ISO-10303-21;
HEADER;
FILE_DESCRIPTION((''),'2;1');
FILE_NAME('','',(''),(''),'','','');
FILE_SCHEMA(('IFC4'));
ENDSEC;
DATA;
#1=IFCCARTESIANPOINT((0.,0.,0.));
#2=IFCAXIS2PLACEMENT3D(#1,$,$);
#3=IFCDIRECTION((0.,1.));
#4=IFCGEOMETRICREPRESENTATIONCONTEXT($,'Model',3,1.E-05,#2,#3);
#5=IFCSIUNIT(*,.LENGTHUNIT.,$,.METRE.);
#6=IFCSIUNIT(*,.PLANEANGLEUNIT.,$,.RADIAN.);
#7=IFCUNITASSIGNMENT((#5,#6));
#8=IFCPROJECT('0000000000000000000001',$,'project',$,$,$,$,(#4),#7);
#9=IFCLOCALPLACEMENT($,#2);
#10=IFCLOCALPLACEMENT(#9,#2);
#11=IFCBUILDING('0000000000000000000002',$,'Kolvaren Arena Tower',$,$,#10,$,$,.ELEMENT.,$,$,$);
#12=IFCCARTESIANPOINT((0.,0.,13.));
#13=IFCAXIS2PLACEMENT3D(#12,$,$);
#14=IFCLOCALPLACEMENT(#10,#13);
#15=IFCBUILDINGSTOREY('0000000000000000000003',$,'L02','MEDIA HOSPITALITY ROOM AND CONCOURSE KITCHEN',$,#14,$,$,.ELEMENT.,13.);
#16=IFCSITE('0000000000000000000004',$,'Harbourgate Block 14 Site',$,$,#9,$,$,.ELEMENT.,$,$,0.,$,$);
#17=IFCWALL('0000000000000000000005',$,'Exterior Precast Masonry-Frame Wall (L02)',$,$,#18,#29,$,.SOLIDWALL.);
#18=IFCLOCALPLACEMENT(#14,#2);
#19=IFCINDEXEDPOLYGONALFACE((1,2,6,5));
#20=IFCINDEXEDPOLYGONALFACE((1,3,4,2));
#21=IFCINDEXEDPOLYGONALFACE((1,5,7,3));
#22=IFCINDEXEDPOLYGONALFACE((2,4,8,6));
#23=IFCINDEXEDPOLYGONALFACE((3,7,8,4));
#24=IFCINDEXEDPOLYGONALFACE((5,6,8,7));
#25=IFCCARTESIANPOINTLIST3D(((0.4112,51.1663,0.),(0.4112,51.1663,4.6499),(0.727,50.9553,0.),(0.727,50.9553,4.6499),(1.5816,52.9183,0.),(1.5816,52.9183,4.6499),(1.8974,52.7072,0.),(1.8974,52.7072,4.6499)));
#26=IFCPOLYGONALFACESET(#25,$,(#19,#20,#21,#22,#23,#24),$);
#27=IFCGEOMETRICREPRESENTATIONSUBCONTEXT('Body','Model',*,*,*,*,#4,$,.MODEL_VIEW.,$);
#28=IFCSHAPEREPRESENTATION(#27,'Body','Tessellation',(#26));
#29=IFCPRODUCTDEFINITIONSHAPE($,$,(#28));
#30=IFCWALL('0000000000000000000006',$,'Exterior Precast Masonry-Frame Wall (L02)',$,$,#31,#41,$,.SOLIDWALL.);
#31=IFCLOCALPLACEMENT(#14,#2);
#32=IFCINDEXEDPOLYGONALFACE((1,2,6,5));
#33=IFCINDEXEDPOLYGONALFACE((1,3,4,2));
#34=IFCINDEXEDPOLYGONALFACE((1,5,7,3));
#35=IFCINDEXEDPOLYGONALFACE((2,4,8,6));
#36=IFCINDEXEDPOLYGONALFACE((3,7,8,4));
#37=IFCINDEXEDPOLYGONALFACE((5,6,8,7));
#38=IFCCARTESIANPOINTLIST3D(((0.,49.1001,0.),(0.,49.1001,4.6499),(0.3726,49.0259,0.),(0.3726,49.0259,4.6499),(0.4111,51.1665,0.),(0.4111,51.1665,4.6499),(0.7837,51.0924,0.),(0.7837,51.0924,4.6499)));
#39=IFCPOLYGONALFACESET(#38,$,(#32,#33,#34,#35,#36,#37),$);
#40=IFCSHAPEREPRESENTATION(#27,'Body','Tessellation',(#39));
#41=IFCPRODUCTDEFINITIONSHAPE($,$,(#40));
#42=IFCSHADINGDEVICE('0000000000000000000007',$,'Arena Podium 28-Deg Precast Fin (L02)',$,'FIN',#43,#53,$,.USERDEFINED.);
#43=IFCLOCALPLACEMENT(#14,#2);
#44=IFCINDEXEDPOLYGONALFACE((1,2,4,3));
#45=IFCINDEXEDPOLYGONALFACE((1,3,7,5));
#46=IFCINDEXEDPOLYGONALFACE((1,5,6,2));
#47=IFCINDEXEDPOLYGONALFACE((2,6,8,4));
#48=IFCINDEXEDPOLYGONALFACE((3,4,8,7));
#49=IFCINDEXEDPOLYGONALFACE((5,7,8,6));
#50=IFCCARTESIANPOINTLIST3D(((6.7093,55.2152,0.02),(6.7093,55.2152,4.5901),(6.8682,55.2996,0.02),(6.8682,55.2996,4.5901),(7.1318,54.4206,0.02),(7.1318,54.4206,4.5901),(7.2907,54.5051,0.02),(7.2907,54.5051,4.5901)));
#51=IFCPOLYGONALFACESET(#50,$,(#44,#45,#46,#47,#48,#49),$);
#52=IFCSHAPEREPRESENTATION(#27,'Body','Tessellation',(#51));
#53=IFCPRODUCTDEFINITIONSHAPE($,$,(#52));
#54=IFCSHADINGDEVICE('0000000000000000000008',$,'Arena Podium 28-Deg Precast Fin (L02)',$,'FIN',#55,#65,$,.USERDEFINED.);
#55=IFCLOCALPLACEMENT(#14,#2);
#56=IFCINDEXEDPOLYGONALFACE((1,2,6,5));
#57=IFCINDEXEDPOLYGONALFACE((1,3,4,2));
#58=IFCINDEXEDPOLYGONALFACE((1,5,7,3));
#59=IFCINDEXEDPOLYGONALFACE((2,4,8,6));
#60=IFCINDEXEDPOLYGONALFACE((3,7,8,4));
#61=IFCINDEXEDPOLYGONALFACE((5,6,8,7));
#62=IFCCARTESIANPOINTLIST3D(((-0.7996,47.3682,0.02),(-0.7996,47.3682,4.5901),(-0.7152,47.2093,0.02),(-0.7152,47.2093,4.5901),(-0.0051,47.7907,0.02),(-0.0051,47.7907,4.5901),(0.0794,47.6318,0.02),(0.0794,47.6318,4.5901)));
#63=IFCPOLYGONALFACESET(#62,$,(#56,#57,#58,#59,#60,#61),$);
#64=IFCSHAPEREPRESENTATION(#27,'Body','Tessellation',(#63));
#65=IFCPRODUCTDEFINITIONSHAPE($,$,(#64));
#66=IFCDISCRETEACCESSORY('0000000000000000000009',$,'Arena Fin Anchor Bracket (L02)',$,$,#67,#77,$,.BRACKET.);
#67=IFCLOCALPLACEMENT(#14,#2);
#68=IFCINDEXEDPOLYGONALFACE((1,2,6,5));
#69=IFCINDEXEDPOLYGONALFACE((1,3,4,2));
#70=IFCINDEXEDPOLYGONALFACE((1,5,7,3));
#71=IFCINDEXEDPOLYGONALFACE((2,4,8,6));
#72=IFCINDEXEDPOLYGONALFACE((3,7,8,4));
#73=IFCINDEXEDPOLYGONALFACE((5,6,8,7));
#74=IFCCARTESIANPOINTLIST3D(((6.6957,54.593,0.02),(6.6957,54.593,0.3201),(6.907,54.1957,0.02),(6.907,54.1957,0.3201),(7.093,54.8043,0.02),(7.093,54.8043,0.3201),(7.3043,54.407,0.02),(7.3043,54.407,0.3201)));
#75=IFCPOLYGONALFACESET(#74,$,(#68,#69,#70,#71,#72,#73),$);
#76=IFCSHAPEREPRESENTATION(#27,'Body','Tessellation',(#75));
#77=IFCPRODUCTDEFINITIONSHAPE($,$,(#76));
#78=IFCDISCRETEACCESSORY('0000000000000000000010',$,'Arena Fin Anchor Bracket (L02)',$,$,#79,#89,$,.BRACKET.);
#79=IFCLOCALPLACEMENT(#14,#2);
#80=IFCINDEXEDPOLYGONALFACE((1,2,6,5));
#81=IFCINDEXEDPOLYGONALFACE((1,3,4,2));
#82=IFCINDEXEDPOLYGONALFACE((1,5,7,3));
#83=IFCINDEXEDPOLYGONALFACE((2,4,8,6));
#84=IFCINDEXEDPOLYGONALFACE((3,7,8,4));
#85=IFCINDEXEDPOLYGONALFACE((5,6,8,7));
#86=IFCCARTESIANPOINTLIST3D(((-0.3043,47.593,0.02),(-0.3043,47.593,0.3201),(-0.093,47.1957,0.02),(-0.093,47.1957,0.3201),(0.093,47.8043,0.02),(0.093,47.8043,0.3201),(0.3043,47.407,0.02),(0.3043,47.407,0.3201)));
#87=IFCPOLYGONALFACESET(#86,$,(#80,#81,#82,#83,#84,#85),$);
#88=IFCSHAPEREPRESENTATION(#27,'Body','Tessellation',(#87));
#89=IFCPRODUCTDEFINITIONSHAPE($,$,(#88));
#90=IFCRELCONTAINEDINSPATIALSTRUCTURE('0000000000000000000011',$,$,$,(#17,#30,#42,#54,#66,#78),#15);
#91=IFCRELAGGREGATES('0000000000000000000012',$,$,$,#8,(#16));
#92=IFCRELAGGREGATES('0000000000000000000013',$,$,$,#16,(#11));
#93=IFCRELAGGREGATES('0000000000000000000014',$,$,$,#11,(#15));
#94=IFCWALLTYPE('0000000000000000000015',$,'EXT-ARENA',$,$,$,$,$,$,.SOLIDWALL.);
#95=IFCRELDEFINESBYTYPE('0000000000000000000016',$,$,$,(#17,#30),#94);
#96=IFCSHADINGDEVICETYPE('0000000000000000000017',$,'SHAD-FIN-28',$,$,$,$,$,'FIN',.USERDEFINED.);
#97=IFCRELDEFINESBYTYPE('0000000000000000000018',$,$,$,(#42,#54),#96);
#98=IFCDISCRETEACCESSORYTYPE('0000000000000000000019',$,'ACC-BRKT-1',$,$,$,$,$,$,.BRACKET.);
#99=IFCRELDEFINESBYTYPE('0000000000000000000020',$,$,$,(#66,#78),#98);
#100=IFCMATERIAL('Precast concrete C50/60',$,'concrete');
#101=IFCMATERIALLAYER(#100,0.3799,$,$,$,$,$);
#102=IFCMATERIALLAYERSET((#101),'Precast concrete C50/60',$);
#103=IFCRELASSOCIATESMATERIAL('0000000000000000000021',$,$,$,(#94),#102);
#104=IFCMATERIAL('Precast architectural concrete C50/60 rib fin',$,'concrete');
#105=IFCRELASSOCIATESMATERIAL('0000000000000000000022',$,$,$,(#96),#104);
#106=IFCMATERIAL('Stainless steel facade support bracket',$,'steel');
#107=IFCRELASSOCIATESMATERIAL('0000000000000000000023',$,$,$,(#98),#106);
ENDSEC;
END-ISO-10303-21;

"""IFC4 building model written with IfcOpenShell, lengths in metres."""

from ifc_helpers import new_model, si_unit, direction, frame, frame_2d, origin, origin_2d, place, context, subcontext, project, spatial, rectangle, extrude, material, layer, layer_set, type_object, element, save


model = new_model("IFC4")

# Units and contexts
model_context = context("Model", 3, precision=1e-05, world=origin(), true_north=direction((0.0, 1.0)))
body_context = subcontext(model_context, "Body", "Model", "MODEL_VIEW")
ifc_project = project(units=[si_unit("LENGTHUNIT", "METRE"), si_unit("PLANEANGLEUNIT", "RADIAN")], contexts=[model_context])

# Site, building, storey
site_placement = place(None, origin())
site = spatial("IfcSite", under=ifc_project, at=site_placement, Name="Harbourgate Block 14 Site", CompositionType="ELEMENT", RefElevation=0.0)
building_placement = place(site_placement, origin())
building = spatial("IfcBuilding", under=site, at=building_placement, Name="Kolvaren Arena Tower", CompositionType="ELEMENT")
storey_placement = place(building_placement, frame((0.0, 0.0, 13.0)))
storey = spatial("IfcBuildingStorey", under=building, at=storey_placement, Name="L02", Description="MEDIA HOSPITALITY ROOM AND CONCOURSE KITCHEN", CompositionType="ELEMENT", Elevation=13.0)

# Shared definitions
ifc_material_1 = material(Name="Precast concrete C50/60", Category="concrete")
ifc_layer = layer(ifc_material_1, 0.3799)
ifc_layer_set = layer_set([ifc_layer], Name="Precast concrete C50/60")
wall_type = type_object("IfcWallType", Name="EXT-ARENA", PredefinedType="SOLIDWALL", material=ifc_layer_set)

# Walls
for number, where, z_axis, x_axis, name in (
    (1, (0.5691, 51.0608, 0.0), (0.0, 0.0, 1.0), (0.555502, 0.831515, 0.0), "Exterior Precast Masonry-Frame Wall (L02)"),
    (2, (0.1863, 49.063, 0.0), (0.0, 0.0, 1.0), (0.195136, 0.980776, 0.0), "Exterior Precast Masonry-Frame Wall (L02)"),
):
    element("IfcWall", number, at=place(storey_placement, frame(where, z_axis=z_axis, x_axis=x_axis)), inside=storey, type_object=wall_type, Name=name, PredefinedType="SOLIDWALL", context=body_context, shape_type="SweptSolid", body=[
        extrude(rectangle(XDim=2.1069, YDim=0.3799, at=frame_2d((1.0535, 0.0))), origin(), (0.0, 0.0, 1.0), 4.6499),
    ])

# Shading devices
ifc_material_2 = material(Name="Precast architectural concrete C50/60 rib fin", Category="concrete")
shading_device_type = type_object("IfcShadingDeviceType", Name="SHAD-FIN-28", ElementType="FIN", PredefinedType="USERDEFINED", material=ifc_material_2)
for number, where, z_axis, x_axis, name in (
    (3, (7.0, 54.8601, 0.02), (0.0, 0.0, 1.0), (-0.469472, 0.882948, 0.0), "Arena Podium 28-Deg Precast Fin (L02)"),
    (4, (-0.3601, 47.5, 0.02), (0.0, 0.0, 1.0), (-0.882948, -0.469472, 0.0), "Arena Podium 28-Deg Precast Fin (L02)"),
):
    element("IfcShadingDevice", number, at=place(storey_placement, frame(where, z_axis=z_axis, x_axis=x_axis)), inside=storey, type_object=shading_device_type, Name=name, ObjectType="FIN", PredefinedType="USERDEFINED", context=body_context, shape_type="SweptSolid", body=[
        extrude(rectangle(XDim=0.8999, YDim=0.1799, at=origin_2d()), origin(), (0.0, 0.0, 1.0), 4.5701),
    ])

# Discrete accessories
ifc_material_3 = material(Name="Stainless steel facade support bracket", Category="steel")
discrete_accessory_type = type_object("IfcDiscreteAccessoryType", Name="ACC-BRKT-1", PredefinedType="BRACKET", material=ifc_material_3)
for number, where, z_axis, x_axis, name in (
    (5, (7.0, 54.5, 0.02), (0.0, 0.0, 1.0), (-0.469472, 0.882948, 0.0), "Arena Fin Anchor Bracket (L02)"),
    (6, (0.0, 47.5, 0.02), (0.0, 0.0, 1.0), (-0.882948, -0.469472, 0.0), "Arena Fin Anchor Bracket (L02)"),
):
    element("IfcDiscreteAccessory", number, at=place(storey_placement, frame(where, z_axis=z_axis, x_axis=x_axis)), inside=storey, type_object=discrete_accessory_type, Name=name, PredefinedType="BRACKET", context=body_context, shape_type="SweptSolid", body=[
        extrude(rectangle(XDim=0.45, YDim=0.45, at=origin_2d()), origin(), (0.0, 0.0, 1.0), 0.3),
    ])

save(model, "model.ifc")
